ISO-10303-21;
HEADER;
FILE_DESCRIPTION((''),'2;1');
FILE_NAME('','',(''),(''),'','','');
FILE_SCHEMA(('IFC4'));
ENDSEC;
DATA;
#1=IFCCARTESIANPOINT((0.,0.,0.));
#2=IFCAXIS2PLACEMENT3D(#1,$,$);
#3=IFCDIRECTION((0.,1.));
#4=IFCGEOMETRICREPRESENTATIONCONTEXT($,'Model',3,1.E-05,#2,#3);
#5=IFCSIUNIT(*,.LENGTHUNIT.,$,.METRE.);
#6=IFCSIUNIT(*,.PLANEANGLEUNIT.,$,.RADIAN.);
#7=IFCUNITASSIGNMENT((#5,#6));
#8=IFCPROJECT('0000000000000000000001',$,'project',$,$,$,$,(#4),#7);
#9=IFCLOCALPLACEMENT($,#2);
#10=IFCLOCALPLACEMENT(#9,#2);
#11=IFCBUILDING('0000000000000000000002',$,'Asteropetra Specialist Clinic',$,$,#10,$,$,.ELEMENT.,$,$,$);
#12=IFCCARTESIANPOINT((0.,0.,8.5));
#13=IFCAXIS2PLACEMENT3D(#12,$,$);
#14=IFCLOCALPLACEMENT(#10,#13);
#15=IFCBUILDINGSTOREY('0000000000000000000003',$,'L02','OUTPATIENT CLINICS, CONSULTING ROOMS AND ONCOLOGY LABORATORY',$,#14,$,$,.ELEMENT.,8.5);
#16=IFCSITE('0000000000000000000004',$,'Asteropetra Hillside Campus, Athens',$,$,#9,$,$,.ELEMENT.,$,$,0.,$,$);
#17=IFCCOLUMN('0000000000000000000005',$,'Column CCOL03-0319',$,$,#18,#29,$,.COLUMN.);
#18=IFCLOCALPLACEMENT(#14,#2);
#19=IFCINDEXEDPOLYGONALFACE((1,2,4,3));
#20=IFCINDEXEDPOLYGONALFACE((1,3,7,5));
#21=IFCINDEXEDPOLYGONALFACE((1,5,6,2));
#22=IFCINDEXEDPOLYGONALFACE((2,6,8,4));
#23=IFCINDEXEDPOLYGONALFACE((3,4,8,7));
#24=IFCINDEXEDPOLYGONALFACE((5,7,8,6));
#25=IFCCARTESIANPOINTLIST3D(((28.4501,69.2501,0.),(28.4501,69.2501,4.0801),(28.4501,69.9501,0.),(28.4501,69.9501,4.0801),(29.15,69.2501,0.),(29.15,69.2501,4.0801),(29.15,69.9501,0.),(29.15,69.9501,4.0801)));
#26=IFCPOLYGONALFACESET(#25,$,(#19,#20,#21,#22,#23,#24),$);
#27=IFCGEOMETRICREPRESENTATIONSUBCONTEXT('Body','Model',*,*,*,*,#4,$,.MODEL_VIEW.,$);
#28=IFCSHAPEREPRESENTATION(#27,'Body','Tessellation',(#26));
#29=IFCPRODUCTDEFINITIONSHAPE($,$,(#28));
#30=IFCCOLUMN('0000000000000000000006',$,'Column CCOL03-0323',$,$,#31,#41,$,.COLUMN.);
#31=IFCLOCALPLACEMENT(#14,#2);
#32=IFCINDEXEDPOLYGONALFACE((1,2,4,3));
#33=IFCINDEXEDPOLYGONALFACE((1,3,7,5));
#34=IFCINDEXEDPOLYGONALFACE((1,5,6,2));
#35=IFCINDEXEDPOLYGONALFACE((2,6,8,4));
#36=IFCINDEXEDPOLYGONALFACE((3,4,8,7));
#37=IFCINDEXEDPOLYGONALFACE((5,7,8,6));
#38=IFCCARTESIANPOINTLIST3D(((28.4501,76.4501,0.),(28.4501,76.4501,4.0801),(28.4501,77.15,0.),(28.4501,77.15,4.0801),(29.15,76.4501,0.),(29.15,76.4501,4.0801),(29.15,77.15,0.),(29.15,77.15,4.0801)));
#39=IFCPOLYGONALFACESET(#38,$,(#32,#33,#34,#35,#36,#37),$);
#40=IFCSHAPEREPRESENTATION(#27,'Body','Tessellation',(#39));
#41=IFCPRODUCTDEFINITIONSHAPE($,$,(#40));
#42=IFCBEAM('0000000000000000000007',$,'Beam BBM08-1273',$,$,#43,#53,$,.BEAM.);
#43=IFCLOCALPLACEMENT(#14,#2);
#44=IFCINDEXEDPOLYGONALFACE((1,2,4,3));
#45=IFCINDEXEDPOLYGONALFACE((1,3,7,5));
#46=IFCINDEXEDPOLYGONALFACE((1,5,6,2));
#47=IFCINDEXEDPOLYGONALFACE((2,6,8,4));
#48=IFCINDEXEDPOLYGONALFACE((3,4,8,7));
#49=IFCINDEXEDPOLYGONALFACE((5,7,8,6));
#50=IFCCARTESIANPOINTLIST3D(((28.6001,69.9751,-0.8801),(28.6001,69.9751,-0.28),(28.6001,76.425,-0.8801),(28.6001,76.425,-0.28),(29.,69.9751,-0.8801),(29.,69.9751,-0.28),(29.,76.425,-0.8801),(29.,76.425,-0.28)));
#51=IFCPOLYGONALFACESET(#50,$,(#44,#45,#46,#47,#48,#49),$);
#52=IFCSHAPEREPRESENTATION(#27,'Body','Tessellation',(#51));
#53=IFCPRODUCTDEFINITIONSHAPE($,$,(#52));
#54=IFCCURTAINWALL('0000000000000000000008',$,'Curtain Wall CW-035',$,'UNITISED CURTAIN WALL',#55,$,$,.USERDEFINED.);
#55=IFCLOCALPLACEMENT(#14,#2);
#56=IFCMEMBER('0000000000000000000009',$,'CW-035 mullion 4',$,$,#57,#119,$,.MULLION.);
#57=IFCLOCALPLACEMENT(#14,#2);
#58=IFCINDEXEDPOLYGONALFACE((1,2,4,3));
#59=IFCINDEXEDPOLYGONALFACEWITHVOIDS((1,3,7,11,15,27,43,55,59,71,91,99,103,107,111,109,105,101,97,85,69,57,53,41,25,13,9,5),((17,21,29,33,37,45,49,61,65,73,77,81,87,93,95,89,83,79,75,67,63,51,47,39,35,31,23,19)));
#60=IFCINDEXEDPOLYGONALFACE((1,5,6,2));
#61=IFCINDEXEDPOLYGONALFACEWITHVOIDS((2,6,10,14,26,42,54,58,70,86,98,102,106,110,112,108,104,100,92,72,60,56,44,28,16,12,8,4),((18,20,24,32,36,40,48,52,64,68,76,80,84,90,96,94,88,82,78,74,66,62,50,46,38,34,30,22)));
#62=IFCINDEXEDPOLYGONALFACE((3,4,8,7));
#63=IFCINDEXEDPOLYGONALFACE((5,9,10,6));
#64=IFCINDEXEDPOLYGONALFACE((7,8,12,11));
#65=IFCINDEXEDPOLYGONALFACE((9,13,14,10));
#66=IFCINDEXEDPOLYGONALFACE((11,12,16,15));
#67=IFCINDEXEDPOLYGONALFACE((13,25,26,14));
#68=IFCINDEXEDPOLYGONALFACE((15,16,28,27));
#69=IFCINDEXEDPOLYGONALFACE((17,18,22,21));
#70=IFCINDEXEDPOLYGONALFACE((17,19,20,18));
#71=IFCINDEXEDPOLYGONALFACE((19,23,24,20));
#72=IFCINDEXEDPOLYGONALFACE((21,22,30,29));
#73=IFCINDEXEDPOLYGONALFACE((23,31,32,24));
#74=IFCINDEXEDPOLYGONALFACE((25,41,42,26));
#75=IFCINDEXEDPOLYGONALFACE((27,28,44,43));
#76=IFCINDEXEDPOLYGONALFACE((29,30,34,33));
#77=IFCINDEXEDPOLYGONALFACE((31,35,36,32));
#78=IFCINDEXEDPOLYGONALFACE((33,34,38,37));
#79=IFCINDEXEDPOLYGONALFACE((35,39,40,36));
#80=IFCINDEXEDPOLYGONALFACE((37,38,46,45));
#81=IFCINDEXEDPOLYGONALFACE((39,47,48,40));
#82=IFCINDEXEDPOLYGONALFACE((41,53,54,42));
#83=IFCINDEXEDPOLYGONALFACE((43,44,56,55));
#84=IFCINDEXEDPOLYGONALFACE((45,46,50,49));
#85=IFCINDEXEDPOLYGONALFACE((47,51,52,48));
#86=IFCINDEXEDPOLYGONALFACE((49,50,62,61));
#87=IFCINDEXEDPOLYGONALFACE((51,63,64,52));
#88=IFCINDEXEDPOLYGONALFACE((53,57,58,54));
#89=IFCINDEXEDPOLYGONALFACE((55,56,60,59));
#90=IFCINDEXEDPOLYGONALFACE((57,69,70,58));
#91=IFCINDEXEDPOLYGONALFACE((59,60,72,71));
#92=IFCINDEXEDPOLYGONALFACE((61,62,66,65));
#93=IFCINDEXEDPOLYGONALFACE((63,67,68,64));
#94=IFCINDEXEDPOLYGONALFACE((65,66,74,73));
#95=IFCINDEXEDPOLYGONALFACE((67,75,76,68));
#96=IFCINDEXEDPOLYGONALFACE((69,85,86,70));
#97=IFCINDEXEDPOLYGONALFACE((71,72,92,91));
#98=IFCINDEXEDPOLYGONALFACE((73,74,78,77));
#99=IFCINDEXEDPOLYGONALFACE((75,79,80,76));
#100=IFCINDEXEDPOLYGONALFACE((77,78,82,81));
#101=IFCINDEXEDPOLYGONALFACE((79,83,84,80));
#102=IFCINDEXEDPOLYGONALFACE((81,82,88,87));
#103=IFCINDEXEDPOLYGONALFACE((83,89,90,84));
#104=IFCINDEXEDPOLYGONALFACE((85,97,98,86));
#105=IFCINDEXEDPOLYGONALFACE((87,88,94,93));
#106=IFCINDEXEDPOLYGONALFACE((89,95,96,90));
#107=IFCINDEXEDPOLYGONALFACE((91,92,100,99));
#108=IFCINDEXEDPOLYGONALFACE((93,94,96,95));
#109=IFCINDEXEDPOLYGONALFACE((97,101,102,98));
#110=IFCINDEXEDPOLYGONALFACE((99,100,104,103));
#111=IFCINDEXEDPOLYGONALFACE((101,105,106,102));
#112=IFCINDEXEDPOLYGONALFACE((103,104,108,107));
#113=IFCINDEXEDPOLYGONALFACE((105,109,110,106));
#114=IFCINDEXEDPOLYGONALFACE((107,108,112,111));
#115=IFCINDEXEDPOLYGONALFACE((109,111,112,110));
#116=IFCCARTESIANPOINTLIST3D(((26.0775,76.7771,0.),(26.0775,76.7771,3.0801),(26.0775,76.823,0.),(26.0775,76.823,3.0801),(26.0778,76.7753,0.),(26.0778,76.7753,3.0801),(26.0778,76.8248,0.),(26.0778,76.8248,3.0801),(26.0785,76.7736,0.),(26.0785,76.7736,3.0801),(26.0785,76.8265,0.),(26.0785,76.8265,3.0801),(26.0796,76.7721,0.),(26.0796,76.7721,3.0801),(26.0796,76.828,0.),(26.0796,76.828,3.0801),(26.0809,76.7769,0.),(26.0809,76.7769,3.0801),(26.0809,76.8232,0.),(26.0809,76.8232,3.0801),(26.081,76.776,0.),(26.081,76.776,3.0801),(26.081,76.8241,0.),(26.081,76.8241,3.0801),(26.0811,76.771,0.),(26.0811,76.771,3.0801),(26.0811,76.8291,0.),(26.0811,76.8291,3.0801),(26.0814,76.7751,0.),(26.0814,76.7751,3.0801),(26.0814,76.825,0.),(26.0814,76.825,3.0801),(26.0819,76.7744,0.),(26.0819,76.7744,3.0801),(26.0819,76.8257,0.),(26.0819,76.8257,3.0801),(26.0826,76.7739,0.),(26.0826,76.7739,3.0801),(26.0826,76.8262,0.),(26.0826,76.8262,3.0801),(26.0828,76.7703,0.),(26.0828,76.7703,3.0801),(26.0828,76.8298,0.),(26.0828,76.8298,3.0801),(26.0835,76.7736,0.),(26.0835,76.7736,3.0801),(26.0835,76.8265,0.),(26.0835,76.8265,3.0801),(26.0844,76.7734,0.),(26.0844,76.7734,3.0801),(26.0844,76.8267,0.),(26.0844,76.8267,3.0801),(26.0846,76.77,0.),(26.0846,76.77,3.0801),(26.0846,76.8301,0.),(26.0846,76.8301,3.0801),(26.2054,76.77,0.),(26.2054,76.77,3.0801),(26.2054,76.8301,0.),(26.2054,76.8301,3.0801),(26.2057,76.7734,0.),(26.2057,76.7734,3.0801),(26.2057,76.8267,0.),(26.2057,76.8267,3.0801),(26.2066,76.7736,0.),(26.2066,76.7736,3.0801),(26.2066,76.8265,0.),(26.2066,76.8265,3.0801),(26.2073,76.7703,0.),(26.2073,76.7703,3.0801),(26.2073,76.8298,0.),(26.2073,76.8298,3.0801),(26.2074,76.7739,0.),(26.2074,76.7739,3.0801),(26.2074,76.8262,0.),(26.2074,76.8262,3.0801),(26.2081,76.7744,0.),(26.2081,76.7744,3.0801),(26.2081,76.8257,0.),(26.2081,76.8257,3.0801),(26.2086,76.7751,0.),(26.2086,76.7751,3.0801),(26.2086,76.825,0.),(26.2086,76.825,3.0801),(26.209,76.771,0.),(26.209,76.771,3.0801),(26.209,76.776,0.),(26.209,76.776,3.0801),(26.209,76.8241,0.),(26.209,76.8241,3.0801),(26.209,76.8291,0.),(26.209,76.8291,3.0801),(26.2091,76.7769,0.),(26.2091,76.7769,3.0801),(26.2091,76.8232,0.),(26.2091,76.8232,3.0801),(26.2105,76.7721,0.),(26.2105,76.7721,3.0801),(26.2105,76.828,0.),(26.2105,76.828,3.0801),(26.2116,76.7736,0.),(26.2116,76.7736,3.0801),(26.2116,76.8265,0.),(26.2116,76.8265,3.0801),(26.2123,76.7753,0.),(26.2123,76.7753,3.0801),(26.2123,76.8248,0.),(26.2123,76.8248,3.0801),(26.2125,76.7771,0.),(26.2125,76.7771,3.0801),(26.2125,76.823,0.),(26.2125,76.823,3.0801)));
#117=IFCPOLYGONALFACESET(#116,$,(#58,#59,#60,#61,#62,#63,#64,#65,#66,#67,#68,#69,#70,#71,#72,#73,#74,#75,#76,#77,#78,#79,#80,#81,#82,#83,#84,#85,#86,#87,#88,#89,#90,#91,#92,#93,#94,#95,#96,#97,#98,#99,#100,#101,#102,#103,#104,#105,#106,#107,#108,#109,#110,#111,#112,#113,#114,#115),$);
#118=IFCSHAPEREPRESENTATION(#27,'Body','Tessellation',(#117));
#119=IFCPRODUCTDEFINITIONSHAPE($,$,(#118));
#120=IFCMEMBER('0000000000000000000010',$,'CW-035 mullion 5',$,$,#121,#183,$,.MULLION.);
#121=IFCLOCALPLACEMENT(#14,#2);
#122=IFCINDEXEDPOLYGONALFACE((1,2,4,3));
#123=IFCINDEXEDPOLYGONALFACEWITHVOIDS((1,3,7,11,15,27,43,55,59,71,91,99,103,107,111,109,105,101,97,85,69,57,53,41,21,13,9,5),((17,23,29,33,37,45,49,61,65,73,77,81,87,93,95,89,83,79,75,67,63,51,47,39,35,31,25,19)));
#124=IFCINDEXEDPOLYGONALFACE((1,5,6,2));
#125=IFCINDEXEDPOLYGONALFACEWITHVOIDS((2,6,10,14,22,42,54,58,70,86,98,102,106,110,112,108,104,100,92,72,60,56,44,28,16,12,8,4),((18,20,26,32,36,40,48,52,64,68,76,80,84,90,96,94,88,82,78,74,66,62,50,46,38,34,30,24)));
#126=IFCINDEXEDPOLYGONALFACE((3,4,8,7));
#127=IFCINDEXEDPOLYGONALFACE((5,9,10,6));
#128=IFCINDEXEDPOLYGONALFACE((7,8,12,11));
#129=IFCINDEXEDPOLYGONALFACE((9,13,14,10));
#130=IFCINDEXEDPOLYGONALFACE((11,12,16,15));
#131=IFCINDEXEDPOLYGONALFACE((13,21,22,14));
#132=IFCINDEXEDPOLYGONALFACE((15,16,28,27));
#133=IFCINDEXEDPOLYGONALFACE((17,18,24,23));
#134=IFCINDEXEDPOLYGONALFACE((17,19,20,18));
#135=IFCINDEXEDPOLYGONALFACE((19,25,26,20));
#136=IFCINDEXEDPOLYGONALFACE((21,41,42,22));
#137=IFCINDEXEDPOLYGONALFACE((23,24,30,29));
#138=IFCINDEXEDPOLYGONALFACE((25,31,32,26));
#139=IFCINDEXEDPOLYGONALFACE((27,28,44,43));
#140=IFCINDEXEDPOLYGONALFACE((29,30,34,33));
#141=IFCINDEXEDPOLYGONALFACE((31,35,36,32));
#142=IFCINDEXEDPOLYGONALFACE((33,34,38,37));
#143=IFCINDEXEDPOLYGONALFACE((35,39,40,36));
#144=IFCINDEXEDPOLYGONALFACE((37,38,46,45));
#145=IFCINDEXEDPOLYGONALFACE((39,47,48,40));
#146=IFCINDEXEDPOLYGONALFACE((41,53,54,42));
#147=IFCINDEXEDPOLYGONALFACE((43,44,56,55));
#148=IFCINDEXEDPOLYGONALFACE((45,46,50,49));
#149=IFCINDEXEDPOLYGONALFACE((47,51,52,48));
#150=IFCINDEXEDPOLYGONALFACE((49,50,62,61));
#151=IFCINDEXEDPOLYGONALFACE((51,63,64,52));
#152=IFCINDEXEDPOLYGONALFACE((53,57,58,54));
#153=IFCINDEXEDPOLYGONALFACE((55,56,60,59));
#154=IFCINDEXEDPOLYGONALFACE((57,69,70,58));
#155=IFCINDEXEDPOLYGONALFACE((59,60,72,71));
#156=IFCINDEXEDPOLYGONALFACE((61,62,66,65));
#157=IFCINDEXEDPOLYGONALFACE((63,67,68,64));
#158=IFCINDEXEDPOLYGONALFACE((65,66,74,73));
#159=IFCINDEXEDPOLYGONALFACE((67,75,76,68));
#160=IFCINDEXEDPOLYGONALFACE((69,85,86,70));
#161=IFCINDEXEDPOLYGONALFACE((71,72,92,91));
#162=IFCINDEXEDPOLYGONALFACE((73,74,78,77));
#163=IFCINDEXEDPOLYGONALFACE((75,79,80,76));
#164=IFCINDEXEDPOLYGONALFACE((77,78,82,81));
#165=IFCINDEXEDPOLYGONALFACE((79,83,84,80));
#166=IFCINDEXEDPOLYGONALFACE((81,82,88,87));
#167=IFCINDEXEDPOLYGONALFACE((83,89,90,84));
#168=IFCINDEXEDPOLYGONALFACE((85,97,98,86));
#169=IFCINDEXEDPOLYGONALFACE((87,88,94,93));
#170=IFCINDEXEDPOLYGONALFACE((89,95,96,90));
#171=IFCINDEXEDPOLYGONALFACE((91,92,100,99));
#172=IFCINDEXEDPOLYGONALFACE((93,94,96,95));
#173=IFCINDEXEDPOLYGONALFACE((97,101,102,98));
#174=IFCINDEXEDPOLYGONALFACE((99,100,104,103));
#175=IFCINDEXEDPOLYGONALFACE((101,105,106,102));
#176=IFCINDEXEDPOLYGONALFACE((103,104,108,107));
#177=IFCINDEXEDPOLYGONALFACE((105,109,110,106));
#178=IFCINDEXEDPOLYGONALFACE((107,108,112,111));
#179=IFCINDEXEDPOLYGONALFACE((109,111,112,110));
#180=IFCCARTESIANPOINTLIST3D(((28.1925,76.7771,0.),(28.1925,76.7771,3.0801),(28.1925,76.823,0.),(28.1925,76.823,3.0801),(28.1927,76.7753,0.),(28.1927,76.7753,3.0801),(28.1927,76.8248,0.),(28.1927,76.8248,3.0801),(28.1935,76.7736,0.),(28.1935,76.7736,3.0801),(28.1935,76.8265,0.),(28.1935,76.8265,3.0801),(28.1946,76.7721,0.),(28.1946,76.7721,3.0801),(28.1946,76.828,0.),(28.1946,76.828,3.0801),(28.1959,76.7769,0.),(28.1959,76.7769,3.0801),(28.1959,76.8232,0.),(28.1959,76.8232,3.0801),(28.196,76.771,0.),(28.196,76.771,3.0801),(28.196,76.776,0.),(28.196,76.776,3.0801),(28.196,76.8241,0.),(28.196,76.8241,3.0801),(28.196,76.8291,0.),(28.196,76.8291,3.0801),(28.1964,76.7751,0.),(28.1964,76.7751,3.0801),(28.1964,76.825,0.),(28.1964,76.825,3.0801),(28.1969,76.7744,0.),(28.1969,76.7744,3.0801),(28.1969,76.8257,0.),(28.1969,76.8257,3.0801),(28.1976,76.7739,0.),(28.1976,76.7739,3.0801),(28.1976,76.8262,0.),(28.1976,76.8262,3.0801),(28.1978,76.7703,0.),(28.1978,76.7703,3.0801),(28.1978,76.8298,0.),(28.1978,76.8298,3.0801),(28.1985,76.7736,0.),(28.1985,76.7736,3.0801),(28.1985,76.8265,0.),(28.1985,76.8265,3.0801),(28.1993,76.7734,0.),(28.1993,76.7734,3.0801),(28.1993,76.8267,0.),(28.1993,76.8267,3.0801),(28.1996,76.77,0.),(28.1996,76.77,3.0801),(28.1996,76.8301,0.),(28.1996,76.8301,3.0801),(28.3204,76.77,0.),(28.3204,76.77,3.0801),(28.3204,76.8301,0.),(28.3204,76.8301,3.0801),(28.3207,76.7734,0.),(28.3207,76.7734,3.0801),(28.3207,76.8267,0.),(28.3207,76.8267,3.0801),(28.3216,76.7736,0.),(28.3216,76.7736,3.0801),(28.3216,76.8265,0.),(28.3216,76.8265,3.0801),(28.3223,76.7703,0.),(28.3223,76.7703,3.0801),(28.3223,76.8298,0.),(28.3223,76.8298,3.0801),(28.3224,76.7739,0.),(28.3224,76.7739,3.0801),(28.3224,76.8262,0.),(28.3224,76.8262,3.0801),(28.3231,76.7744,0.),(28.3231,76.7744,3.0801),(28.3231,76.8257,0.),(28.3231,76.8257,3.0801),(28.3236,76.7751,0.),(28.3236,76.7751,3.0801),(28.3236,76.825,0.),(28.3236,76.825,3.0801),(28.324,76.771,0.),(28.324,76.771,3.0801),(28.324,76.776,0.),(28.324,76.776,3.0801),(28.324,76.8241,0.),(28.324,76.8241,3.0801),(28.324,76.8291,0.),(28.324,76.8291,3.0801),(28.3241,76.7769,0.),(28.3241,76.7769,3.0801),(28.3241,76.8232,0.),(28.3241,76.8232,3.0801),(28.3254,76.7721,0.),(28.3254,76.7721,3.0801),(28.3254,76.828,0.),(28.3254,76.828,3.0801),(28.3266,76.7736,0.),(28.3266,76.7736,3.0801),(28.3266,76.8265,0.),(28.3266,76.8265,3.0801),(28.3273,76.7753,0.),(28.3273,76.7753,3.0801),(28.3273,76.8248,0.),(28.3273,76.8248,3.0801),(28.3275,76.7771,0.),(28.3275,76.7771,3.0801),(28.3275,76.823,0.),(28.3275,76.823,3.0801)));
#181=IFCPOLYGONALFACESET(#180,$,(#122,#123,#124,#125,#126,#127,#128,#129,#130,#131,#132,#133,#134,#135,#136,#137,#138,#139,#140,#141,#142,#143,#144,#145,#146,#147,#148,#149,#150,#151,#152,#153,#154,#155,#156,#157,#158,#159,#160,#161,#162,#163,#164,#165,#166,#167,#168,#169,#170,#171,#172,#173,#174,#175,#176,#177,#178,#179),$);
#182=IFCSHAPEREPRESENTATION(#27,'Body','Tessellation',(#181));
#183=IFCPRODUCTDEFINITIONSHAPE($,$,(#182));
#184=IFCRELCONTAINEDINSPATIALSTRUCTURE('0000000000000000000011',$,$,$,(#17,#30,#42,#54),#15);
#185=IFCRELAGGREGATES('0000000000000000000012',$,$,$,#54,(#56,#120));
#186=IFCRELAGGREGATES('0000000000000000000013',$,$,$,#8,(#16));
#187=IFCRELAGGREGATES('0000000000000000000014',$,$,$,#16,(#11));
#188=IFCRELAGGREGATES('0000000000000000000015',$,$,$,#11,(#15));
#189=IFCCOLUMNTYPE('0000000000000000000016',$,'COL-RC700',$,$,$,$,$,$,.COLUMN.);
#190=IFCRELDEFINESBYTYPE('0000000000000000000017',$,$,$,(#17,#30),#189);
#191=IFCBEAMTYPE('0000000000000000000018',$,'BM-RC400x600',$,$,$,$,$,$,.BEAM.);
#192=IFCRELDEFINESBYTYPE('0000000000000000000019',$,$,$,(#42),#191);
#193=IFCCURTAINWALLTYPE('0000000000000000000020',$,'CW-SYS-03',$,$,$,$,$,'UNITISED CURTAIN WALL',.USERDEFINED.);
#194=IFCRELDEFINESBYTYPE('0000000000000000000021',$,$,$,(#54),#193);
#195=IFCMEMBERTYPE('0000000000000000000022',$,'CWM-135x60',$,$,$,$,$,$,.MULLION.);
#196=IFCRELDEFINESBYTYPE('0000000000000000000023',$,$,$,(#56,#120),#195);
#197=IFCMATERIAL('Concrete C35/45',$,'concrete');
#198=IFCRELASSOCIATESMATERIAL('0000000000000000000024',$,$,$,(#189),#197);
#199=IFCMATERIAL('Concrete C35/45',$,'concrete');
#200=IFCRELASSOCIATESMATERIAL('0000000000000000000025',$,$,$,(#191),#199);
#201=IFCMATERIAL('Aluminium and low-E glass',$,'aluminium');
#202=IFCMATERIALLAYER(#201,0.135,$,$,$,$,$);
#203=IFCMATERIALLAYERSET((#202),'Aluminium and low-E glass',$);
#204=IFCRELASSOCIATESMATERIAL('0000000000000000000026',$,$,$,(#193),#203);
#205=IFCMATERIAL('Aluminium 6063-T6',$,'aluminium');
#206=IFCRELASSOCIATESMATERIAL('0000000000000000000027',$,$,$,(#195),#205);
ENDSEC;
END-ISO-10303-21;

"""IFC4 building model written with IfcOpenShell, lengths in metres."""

from ifc_helpers import new_model, si_unit, direction, frame, origin, origin_2d, place, context, subcontext, project, spatial, rectangle, hollow_rectangle, extrude, material, layer, layer_set, material_profile, profile_set, type_object, element, aggregate, save


model = new_model("IFC4")

# Units and contexts
model_context = context("Model", 3, precision=1e-05, world=origin(), true_north=direction((0.0, 1.0)))
body_context = subcontext(model_context, "Body", "Model", "MODEL_VIEW")
ifc_project = project(units=[si_unit("LENGTHUNIT", "METRE"), si_unit("PLANEANGLEUNIT", "RADIAN")], contexts=[model_context])

# Site, building, storey
site_placement = place(None, origin())
site = spatial("IfcSite", under=ifc_project, at=site_placement, Name="Asteropetra Hillside Campus, Athens", CompositionType="ELEMENT", RefElevation=0.0)
building_placement = place(site_placement, origin())
building = spatial("IfcBuilding", under=site, at=building_placement, Name="Asteropetra Specialist Clinic", CompositionType="ELEMENT")
storey_placement = place(building_placement, frame((0.0, 0.0, 8.5)))
storey = spatial("IfcBuildingStorey", under=building, at=storey_placement, Name="L02", Description="OUTPATIENT CLINICS, CONSULTING ROOMS AND ONCOLOGY LABORATORY", CompositionType="ELEMENT", Elevation=8.5)

# Columns
ifc_material_1 = material(Name="Concrete C35/45", Category="concrete")
ifc_material_profile_1 = material_profile(ifc_material_1, rectangle(XDim=0.7, YDim=0.7, at=origin_2d()), Name="RC 700x700")
ifc_profile_set_1 = profile_set([ifc_material_profile_1], Name="Concrete C35/45")
column_type = type_object("IfcColumnType", Name="COL-RC700", PredefinedType="COLUMN", material=ifc_profile_set_1)
for number, where, z_axis, x_axis, name in (
    (1, (28.8, 69.6001, 0.0), (0.0, 0.0, 1.0), (1.0, 0.0, 0.0), "Column CCOL03-0319"),
    (2, (28.8, 76.8, 0.0), (0.0, 0.0, 1.0), (1.0, 0.0, 0.0), "Column CCOL03-0323"),
):
    element("IfcColumn", number, at=place(storey_placement, frame(where, z_axis=z_axis, x_axis=x_axis)), inside=storey, type_object=column_type, Name=name, PredefinedType="COLUMN", context=body_context, shape_type="SweptSolid", body=[
        extrude(rectangle(XDim=0.7, YDim=0.7, at=origin_2d()), origin(), (0.0, 0.0, 1.0), 4.0801),
    ])

# Beam
ifc_material_2 = material(Name="Concrete C35/45", Category="concrete")
ifc_material_profile_2 = material_profile(ifc_material_2, rectangle(XDim=0.3999, YDim=0.6001, at=origin_2d()), Name="RCB 400x600")
ifc_profile_set_2 = profile_set([ifc_material_profile_2], Name="Concrete C35/45")
beam_type = type_object("IfcBeamType", Name="BM-RC400x600", PredefinedType="BEAM", material=ifc_profile_set_2)
beam_placement = place(storey_placement, frame((28.8, 69.9751, -0.5801), z_axis=(0.0, 1.0, 0.0), x_axis=(-1.0, 0.0, 0.0)))
element("IfcBeam", 3, at=beam_placement, inside=storey, type_object=beam_type, Name="Beam BBM08-1273", PredefinedType="BEAM", context=body_context, shape_type="SweptSolid", body=[
    extrude(rectangle(XDim=0.3999, YDim=0.6001, at=origin_2d()), origin(), (0.0, 0.0, 1.0), 6.45),
])

# Curtain wall, members
ifc_material_3 = material(Name="Aluminium and low-E glass", Category="aluminium")
ifc_layer_1 = layer(ifc_material_3, 0.135)
ifc_layer_set_1 = layer_set([ifc_layer_1], Name="Aluminium and low-E glass")
curtain_wall_type_1 = type_object("IfcCurtainWallType", Name="CW-SYS-03", ElementType="UNITISED CURTAIN WALL", PredefinedType="USERDEFINED", material=ifc_layer_set_1)
curtain_wall_1_placement = place(storey_placement, origin())
curtain_wall_1 = element("IfcCurtainWall", 4, at=curtain_wall_1_placement, inside=storey, type_object=curtain_wall_type_1, Name="Curtain Wall CW-035", ObjectType="UNITISED CURTAIN WALL", PredefinedType="USERDEFINED")
ifc_material_4 = material(Name="Aluminium 6063-T6", Category="aluminium")
ifc_material_profile_3 = material_profile(ifc_material_4, hollow_rectangle(XDim=0.0601, YDim=0.135, WallThickness=0.0034, InnerFilletRadius=0.0034, OuterFilletRadius=0.0071, at=origin_2d()), Name="MUL 135x60x3.5")
ifc_profile_set_3 = profile_set([ifc_material_profile_3], Name="Aluminium 6063-T6")
member_type_1 = type_object("IfcMemberType", Name="CWM-135x60", PredefinedType="MULLION", material=ifc_profile_set_3)
member_1_placement = place(storey_placement, frame((26.145, 76.8, 0.0), z_axis=(0.0, 0.0, 1.0), x_axis=(0.0, 1.0, 0.0)))
member_1 = element("IfcMember", 5, at=member_1_placement, type_object=member_type_1, Name="CW-035 mullion 4", PredefinedType="MULLION", context=body_context, shape_type="SweptSolid", body=[
    extrude(hollow_rectangle(XDim=0.0601, YDim=0.135, WallThickness=0.0034, InnerFilletRadius=0.0034, OuterFilletRadius=0.0071, at=origin_2d()), origin(), (0.0, 0.0, 1.0), 3.0801),
])
member_2_placement = place(storey_placement, frame((28.26, 76.8, 0.0), z_axis=(0.0, 0.0, 1.0), x_axis=(0.0, 1.0, 0.0)))
member_2 = element("IfcMember", 6, at=member_2_placement, type_object=member_type_1, Name="CW-035 mullion 5", PredefinedType="MULLION", context=body_context, shape_type="SweptSolid", body=[
    extrude(hollow_rectangle(XDim=0.0601, YDim=0.135, WallThickness=0.0034, InnerFilletRadius=0.0034, OuterFilletRadius=0.0071, at=origin_2d()), origin(), (0.0, 0.0, 1.0), 3.0801),
])

aggregate(curtain_wall_1, [member_1, member_2])

save(model, "model.ifc")
